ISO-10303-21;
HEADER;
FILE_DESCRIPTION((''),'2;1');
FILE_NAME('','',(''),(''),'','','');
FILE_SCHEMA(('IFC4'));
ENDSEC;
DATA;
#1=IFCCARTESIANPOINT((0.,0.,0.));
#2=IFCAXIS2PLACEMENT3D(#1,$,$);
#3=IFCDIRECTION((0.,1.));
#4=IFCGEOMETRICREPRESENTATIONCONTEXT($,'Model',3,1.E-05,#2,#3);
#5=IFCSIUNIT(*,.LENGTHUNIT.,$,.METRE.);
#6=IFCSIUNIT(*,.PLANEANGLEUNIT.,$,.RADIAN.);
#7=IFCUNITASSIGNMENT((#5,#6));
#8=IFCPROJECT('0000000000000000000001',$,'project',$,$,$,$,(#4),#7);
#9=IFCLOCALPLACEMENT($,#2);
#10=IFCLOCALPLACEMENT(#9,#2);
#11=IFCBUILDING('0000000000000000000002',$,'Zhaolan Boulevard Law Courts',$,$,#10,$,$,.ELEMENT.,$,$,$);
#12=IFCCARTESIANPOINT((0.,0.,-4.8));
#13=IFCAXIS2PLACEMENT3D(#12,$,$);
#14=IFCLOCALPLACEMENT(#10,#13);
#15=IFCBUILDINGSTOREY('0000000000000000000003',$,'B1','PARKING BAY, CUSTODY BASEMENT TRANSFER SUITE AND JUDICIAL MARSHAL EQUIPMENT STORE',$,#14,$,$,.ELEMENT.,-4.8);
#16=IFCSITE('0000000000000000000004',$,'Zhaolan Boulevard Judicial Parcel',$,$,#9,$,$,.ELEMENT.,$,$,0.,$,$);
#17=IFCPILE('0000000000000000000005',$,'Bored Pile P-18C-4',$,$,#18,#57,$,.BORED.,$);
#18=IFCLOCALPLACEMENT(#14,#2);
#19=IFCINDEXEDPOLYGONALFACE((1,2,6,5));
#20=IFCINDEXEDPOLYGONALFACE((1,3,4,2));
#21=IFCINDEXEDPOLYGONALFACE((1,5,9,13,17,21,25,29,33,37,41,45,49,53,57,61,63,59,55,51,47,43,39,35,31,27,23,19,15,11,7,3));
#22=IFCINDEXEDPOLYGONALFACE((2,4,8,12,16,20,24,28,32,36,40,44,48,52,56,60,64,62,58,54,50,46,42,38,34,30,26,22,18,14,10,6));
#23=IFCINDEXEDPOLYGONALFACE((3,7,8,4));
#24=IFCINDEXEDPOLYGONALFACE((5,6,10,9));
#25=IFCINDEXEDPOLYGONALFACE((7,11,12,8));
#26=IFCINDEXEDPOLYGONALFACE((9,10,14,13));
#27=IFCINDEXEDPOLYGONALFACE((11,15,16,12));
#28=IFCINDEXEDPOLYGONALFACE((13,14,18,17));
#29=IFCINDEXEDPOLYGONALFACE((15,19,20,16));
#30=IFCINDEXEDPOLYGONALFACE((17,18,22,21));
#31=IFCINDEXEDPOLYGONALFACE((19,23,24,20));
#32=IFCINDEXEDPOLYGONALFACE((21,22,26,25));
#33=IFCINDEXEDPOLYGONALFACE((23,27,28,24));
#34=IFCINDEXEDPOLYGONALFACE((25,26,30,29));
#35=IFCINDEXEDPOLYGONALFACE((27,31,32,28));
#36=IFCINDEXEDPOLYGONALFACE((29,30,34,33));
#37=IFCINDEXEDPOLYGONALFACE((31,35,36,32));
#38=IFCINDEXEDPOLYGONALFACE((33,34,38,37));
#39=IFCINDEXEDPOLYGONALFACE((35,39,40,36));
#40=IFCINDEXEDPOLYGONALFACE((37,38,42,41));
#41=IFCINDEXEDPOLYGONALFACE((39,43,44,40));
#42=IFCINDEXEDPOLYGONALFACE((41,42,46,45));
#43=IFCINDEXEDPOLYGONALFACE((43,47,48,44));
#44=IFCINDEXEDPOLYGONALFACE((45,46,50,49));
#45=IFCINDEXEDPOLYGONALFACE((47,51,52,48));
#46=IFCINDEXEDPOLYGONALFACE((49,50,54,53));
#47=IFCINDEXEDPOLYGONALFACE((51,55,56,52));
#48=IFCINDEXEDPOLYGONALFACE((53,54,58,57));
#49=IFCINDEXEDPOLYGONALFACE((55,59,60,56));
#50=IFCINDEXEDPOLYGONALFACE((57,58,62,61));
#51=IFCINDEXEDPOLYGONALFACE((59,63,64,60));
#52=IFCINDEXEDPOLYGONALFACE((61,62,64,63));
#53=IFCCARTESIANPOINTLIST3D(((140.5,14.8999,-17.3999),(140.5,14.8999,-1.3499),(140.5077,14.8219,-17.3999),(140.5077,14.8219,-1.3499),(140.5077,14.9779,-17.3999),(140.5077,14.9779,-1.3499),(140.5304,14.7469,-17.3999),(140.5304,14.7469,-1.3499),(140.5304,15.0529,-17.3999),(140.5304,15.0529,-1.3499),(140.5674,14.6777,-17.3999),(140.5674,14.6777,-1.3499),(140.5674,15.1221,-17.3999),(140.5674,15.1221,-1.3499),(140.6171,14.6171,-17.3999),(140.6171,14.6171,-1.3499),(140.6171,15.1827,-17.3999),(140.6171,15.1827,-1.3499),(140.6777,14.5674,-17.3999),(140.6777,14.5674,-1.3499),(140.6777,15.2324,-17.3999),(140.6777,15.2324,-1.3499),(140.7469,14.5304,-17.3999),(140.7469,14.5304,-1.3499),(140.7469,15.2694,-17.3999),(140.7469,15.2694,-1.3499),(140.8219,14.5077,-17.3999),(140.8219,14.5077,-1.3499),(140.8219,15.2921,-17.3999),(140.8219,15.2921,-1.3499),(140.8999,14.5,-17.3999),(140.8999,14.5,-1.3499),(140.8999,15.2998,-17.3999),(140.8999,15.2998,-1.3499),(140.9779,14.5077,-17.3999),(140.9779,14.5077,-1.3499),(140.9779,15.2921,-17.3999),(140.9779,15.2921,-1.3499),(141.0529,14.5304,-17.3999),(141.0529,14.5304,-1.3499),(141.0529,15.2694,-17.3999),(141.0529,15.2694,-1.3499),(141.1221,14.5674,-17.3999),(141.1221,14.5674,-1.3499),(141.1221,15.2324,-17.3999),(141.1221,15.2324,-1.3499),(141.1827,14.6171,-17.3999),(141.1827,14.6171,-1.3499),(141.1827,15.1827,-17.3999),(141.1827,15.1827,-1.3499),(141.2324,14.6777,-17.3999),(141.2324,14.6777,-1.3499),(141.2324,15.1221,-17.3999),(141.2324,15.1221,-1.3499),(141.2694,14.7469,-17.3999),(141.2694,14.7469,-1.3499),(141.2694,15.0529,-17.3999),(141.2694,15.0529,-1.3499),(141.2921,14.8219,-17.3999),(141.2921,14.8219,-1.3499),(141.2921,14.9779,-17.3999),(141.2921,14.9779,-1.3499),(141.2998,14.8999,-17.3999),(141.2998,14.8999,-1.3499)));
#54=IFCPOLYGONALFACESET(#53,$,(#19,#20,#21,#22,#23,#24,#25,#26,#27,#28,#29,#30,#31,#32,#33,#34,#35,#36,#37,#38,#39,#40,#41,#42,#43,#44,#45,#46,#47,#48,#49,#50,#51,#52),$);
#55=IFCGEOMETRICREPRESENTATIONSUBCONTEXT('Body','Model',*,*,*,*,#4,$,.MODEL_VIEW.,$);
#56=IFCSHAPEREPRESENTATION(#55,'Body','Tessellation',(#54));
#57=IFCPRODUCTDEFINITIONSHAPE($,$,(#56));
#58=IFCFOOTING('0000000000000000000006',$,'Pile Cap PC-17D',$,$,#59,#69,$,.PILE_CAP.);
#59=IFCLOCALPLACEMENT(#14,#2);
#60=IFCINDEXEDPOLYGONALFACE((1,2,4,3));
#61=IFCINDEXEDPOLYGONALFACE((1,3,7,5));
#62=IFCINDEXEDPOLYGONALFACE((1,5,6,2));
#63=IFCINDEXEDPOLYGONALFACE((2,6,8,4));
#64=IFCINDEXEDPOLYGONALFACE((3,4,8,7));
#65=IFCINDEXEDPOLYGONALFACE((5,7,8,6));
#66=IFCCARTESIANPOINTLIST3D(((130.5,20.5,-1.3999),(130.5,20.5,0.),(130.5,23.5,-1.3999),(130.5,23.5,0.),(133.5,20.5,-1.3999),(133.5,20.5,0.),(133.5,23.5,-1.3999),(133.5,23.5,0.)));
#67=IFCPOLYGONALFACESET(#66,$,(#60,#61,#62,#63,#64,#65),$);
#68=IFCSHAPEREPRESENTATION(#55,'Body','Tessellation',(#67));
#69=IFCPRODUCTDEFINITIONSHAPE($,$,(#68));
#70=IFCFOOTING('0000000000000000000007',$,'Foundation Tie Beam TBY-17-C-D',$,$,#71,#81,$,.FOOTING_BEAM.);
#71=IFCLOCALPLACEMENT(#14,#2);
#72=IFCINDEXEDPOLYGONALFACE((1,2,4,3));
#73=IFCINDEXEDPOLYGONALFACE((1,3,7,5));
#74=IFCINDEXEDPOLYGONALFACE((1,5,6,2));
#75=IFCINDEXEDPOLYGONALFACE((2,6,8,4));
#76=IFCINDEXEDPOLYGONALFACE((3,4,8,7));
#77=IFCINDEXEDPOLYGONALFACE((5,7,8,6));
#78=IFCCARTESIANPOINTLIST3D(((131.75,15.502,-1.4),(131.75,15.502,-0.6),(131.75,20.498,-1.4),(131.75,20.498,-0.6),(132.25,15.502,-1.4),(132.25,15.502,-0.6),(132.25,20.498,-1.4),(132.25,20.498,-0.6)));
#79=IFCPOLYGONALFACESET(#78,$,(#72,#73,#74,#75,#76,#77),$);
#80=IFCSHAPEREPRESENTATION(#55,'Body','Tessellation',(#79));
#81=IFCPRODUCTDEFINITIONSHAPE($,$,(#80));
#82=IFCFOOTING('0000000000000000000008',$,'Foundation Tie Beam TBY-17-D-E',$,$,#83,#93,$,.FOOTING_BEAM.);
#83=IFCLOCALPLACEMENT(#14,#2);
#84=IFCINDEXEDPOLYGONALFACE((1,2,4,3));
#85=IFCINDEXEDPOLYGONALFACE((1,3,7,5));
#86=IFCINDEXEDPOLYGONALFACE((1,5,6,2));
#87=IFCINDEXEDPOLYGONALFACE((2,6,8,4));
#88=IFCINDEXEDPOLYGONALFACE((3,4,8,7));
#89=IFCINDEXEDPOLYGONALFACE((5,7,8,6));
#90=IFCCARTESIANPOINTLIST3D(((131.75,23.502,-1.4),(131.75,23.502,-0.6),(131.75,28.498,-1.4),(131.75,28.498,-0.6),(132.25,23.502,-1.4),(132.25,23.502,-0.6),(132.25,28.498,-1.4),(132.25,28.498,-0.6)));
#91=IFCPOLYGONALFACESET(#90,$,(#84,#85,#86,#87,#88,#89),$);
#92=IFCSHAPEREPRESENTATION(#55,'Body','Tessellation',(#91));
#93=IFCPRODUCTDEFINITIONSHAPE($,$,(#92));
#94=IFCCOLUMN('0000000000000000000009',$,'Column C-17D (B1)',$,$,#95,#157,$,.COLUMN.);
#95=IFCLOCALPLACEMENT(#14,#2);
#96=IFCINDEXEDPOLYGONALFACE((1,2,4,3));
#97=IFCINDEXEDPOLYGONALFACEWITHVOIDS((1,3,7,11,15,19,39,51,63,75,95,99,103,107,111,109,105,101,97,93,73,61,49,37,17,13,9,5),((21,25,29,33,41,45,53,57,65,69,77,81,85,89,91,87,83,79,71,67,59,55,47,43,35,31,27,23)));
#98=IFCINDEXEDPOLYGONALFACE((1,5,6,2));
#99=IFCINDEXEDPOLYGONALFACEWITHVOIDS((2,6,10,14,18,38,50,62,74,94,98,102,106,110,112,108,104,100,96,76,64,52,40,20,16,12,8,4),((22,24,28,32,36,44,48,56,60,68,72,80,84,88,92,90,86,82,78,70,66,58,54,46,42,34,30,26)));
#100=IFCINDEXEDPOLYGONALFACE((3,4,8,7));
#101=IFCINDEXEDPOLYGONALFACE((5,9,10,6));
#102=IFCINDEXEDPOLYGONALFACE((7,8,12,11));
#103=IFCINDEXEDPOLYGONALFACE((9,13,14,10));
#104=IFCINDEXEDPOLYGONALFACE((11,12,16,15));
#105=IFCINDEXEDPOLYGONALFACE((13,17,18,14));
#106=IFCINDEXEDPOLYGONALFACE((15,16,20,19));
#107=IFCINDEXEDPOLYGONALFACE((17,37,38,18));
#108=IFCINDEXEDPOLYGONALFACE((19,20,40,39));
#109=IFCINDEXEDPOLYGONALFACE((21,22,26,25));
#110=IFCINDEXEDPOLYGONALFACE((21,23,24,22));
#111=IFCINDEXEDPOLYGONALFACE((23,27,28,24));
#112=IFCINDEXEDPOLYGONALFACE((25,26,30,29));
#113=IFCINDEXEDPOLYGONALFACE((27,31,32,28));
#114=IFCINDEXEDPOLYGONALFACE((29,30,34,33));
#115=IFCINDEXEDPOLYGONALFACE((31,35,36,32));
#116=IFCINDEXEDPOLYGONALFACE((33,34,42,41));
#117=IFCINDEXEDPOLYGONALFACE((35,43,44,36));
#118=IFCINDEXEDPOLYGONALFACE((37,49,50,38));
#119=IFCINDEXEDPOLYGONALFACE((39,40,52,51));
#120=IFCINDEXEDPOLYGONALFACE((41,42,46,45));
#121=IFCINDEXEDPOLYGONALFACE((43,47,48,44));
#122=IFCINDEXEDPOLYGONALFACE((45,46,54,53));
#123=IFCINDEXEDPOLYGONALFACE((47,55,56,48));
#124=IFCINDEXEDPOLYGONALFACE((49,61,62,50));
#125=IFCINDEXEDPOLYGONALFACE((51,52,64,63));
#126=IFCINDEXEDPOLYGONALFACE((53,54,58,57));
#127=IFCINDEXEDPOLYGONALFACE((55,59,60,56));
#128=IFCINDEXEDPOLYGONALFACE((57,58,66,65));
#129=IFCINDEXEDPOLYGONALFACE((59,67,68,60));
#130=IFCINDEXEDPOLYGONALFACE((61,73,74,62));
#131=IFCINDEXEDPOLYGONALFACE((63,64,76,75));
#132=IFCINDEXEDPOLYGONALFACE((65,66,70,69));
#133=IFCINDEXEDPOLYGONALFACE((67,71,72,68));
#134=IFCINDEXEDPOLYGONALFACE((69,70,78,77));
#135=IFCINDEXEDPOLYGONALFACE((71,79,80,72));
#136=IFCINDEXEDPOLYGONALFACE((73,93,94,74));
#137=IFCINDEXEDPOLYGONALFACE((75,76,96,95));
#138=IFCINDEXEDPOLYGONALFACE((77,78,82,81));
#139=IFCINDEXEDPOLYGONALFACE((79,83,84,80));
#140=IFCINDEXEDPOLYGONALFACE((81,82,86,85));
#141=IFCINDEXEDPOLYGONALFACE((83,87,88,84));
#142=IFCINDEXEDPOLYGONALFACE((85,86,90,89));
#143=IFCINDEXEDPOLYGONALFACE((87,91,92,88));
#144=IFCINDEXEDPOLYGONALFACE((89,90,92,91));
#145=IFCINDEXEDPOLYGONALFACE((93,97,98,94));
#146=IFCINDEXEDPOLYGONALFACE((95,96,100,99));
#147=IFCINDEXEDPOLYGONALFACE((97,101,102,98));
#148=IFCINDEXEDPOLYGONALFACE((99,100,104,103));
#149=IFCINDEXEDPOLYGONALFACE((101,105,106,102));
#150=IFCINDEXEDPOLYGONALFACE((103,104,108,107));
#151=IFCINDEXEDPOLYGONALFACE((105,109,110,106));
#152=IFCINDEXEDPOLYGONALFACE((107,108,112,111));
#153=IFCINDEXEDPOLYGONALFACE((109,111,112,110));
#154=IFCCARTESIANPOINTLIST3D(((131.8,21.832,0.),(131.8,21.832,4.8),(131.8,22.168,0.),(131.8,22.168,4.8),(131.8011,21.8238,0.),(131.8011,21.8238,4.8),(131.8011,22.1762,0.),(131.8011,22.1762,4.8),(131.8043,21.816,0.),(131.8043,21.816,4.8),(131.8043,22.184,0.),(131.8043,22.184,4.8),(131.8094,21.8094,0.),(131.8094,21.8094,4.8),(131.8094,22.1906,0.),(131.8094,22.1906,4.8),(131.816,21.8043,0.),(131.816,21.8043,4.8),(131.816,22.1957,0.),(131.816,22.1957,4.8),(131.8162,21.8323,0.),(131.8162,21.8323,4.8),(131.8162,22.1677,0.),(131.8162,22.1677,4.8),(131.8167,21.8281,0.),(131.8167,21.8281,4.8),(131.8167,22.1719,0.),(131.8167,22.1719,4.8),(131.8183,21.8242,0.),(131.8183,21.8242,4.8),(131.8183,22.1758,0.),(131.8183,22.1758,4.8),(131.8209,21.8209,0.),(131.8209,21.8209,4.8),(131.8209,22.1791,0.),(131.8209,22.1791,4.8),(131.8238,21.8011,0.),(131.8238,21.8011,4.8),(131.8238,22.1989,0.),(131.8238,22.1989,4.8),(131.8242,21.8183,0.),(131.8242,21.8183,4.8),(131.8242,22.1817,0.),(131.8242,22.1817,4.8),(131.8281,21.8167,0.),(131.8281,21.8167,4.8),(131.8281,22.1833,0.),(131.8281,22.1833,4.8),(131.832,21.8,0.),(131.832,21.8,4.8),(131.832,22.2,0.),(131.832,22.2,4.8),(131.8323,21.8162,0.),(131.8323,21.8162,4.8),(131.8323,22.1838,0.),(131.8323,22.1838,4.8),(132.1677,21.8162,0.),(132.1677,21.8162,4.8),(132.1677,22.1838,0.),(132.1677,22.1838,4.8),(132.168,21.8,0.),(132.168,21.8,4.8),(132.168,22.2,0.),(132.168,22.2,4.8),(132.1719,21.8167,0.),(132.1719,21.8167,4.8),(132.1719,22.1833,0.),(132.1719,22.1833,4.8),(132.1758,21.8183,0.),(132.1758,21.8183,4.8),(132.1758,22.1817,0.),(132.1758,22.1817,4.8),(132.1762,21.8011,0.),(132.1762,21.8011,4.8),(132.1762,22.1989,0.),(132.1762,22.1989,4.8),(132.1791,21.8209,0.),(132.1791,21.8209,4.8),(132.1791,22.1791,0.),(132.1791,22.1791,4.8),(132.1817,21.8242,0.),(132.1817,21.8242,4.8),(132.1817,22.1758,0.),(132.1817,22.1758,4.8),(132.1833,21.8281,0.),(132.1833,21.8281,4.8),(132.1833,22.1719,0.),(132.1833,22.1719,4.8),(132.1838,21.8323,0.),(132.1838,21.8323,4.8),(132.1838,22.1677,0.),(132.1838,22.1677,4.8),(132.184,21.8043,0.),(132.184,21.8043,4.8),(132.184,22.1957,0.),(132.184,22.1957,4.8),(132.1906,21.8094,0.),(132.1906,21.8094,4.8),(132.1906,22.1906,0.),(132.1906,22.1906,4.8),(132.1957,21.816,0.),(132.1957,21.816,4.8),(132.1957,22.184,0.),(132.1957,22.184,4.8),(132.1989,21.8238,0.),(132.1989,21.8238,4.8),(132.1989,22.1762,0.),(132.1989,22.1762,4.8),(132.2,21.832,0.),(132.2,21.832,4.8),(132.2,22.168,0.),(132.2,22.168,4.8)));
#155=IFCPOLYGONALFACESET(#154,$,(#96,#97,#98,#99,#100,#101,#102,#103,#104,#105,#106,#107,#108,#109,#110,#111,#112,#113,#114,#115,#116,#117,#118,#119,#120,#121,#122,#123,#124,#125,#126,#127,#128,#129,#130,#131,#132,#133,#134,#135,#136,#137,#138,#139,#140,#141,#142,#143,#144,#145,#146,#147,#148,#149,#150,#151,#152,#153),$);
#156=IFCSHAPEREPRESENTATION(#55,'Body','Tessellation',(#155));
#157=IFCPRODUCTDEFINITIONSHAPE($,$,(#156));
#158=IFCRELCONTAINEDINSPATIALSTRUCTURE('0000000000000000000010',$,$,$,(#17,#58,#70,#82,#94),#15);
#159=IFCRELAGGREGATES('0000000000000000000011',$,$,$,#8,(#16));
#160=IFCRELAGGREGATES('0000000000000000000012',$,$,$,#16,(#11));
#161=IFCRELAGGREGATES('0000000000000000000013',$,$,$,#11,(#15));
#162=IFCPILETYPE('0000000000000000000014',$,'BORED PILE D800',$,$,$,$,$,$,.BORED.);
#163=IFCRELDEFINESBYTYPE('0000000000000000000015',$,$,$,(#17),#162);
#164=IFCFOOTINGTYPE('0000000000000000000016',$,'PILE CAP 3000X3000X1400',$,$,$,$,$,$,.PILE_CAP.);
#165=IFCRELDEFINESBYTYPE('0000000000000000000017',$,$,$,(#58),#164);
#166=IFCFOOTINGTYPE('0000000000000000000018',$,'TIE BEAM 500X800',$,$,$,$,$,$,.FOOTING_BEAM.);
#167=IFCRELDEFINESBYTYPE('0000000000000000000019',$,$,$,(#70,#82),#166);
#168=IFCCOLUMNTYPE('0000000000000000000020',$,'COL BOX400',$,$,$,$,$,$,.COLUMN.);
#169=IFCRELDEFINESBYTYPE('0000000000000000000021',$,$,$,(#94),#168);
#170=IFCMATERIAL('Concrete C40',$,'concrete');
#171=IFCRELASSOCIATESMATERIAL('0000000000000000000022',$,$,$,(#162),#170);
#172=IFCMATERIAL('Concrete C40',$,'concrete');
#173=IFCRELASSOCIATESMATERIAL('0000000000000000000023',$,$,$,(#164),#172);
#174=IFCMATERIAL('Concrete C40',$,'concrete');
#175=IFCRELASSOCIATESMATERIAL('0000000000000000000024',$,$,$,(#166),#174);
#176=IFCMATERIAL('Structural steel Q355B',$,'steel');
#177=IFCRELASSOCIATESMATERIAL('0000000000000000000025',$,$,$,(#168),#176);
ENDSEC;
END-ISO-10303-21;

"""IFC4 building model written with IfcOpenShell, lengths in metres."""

from ifc_helpers import new_model, si_unit, direction, frame, origin, origin_2d, place, context, subcontext, project, spatial, rectangle, hollow_rectangle, circle, extrude, material, material_profile, profile_set, type_object, element, save


model = new_model("IFC4")

# Units and contexts
model_context = context("Model", 3, precision=1e-05, world=origin(), true_north=direction((0.0, 1.0)))
body_context = subcontext(model_context, "Body", "Model", "MODEL_VIEW")
ifc_project = project(units=[si_unit("LENGTHUNIT", "METRE"), si_unit("PLANEANGLEUNIT", "RADIAN")], contexts=[model_context])

# Site, building, storey
site_placement = place(None, origin())
site = spatial("IfcSite", under=ifc_project, at=site_placement, Name="Zhaolan Boulevard Judicial Parcel", CompositionType="ELEMENT", RefElevation=0.0)
building_placement = place(site_placement, origin())
building = spatial("IfcBuilding", under=site, at=building_placement, Name="Zhaolan Boulevard Law Courts", CompositionType="ELEMENT")
storey_placement = place(building_placement, frame((0.0, 0.0, -4.8)))
storey = spatial("IfcBuildingStorey", under=building, at=storey_placement, Name="B1", Description="PARKING BAY, CUSTODY BASEMENT TRANSFER SUITE AND JUDICIAL MARSHAL EQUIPMENT STORE", CompositionType="ELEMENT", Elevation=-4.8)

# Pile
ifc_material_1 = material(Name="Concrete C40", Category="concrete")
ifc_material_profile_1 = material_profile(ifc_material_1, circle(Radius=0.3999, at=origin_2d()), Name="PILE-D800")
ifc_profile_set_1 = profile_set([ifc_material_profile_1], Name="Concrete C40")
pile_type = type_object("IfcPileType", Name="BORED PILE D800", PredefinedType="BORED", material=ifc_profile_set_1)
for number, where, z_axis, x_axis, name in (
    (1, (140.8999, 14.8999, -1.3499), (0.0, 0.0, -1.0), (1.0, 0.0, 0.0), "Bored Pile P-18C-4"),
):
    element("IfcPile", number, at=place(storey_placement, frame(where, z_axis=z_axis, x_axis=x_axis)), inside=storey, type_object=pile_type, Name=name, PredefinedType="BORED", context=body_context, shape_type="SweptSolid", body=[
        extrude(circle(Radius=0.3999, at=origin_2d()), origin(), (0.0, 0.0, 1.0), 16.05),
    ])

# Footings
ifc_material_2 = material(Name="Concrete C40", Category="concrete")
footing_type_1 = type_object("IfcFootingType", Name="PILE CAP 3000X3000X1400", PredefinedType="PILE_CAP", material=ifc_material_2)
footing_placement = place(storey_placement, frame((132.0, 22.0, -1.3999), z_axis=(0.0, 0.0, 1.0), x_axis=(1.0, 0.0, 0.0)))
element("IfcFooting", 2, at=footing_placement, inside=storey, type_object=footing_type_1, Name="Pile Cap PC-17D", PredefinedType="PILE_CAP", context=body_context, shape_type="SweptSolid", body=[
    extrude(rectangle(XDim=3.0, YDim=3.0, at=origin_2d()), origin(), (0.0, 0.0, 1.0), 1.3999),
])
ifc_material_3 = material(Name="Concrete C40", Category="concrete")
ifc_material_profile_2 = material_profile(ifc_material_3, rectangle(XDim=0.5, YDim=0.8, at=origin_2d()), Name="RC500x800")
ifc_profile_set_2 = profile_set([ifc_material_profile_2], Name="Concrete C40")
footing_type_2 = type_object("IfcFootingType", Name="TIE BEAM 500X800", PredefinedType="FOOTING_BEAM", material=ifc_profile_set_2)
for number, where, z_axis, x_axis, name in (
    (3, (132.0, 15.502, -1.0), (0.0, 1.0, 0.0), (-1.0, 0.0, 0.0), "Foundation Tie Beam TBY-17-C-D"),
    (4, (132.0, 23.502, -1.0), (0.0, 1.0, 0.0), (-1.0, 0.0, 0.0), "Foundation Tie Beam TBY-17-D-E"),
):
    element("IfcFooting", number, at=place(storey_placement, frame(where, z_axis=z_axis, x_axis=x_axis)), inside=storey, type_object=footing_type_2, Name=name, PredefinedType="FOOTING_BEAM", context=body_context, shape_type="SweptSolid", body=[
        extrude(rectangle(XDim=0.5, YDim=0.8, at=origin_2d()), origin(), (0.0, 0.0, 1.0), 4.9961),
    ])

# Column
ifc_material_4 = material(Name="Structural steel Q355B", Category="steel")
ifc_material_profile_3 = material_profile(ifc_material_4, hollow_rectangle(XDim=0.3999, YDim=0.3999, WallThickness=0.0161, InnerFilletRadius=0.0161, OuterFilletRadius=0.032, at=origin_2d()), Name="BOX400x400x16")
ifc_profile_set_3 = profile_set([ifc_material_profile_3], Name="Structural steel Q355B")
column_type = type_object("IfcColumnType", Name="COL BOX400", PredefinedType="COLUMN", material=ifc_profile_set_3)
column_placement = place(storey_placement, frame((132.0, 22.0, 0.0), z_axis=(0.0, 0.0, 1.0), x_axis=(1.0, 0.0, 0.0)))
element("IfcColumn", 5, at=column_placement, inside=storey, type_object=column_type, Name="Column C-17D (B1)", PredefinedType="COLUMN", context=body_context, shape_type="SweptSolid", body=[
    extrude(hollow_rectangle(XDim=0.3999, YDim=0.3999, WallThickness=0.0161, InnerFilletRadius=0.0161, OuterFilletRadius=0.032, at=origin_2d()), origin(), (0.0, 0.0, 1.0), 4.8),
])

save(model, "model.ifc")
